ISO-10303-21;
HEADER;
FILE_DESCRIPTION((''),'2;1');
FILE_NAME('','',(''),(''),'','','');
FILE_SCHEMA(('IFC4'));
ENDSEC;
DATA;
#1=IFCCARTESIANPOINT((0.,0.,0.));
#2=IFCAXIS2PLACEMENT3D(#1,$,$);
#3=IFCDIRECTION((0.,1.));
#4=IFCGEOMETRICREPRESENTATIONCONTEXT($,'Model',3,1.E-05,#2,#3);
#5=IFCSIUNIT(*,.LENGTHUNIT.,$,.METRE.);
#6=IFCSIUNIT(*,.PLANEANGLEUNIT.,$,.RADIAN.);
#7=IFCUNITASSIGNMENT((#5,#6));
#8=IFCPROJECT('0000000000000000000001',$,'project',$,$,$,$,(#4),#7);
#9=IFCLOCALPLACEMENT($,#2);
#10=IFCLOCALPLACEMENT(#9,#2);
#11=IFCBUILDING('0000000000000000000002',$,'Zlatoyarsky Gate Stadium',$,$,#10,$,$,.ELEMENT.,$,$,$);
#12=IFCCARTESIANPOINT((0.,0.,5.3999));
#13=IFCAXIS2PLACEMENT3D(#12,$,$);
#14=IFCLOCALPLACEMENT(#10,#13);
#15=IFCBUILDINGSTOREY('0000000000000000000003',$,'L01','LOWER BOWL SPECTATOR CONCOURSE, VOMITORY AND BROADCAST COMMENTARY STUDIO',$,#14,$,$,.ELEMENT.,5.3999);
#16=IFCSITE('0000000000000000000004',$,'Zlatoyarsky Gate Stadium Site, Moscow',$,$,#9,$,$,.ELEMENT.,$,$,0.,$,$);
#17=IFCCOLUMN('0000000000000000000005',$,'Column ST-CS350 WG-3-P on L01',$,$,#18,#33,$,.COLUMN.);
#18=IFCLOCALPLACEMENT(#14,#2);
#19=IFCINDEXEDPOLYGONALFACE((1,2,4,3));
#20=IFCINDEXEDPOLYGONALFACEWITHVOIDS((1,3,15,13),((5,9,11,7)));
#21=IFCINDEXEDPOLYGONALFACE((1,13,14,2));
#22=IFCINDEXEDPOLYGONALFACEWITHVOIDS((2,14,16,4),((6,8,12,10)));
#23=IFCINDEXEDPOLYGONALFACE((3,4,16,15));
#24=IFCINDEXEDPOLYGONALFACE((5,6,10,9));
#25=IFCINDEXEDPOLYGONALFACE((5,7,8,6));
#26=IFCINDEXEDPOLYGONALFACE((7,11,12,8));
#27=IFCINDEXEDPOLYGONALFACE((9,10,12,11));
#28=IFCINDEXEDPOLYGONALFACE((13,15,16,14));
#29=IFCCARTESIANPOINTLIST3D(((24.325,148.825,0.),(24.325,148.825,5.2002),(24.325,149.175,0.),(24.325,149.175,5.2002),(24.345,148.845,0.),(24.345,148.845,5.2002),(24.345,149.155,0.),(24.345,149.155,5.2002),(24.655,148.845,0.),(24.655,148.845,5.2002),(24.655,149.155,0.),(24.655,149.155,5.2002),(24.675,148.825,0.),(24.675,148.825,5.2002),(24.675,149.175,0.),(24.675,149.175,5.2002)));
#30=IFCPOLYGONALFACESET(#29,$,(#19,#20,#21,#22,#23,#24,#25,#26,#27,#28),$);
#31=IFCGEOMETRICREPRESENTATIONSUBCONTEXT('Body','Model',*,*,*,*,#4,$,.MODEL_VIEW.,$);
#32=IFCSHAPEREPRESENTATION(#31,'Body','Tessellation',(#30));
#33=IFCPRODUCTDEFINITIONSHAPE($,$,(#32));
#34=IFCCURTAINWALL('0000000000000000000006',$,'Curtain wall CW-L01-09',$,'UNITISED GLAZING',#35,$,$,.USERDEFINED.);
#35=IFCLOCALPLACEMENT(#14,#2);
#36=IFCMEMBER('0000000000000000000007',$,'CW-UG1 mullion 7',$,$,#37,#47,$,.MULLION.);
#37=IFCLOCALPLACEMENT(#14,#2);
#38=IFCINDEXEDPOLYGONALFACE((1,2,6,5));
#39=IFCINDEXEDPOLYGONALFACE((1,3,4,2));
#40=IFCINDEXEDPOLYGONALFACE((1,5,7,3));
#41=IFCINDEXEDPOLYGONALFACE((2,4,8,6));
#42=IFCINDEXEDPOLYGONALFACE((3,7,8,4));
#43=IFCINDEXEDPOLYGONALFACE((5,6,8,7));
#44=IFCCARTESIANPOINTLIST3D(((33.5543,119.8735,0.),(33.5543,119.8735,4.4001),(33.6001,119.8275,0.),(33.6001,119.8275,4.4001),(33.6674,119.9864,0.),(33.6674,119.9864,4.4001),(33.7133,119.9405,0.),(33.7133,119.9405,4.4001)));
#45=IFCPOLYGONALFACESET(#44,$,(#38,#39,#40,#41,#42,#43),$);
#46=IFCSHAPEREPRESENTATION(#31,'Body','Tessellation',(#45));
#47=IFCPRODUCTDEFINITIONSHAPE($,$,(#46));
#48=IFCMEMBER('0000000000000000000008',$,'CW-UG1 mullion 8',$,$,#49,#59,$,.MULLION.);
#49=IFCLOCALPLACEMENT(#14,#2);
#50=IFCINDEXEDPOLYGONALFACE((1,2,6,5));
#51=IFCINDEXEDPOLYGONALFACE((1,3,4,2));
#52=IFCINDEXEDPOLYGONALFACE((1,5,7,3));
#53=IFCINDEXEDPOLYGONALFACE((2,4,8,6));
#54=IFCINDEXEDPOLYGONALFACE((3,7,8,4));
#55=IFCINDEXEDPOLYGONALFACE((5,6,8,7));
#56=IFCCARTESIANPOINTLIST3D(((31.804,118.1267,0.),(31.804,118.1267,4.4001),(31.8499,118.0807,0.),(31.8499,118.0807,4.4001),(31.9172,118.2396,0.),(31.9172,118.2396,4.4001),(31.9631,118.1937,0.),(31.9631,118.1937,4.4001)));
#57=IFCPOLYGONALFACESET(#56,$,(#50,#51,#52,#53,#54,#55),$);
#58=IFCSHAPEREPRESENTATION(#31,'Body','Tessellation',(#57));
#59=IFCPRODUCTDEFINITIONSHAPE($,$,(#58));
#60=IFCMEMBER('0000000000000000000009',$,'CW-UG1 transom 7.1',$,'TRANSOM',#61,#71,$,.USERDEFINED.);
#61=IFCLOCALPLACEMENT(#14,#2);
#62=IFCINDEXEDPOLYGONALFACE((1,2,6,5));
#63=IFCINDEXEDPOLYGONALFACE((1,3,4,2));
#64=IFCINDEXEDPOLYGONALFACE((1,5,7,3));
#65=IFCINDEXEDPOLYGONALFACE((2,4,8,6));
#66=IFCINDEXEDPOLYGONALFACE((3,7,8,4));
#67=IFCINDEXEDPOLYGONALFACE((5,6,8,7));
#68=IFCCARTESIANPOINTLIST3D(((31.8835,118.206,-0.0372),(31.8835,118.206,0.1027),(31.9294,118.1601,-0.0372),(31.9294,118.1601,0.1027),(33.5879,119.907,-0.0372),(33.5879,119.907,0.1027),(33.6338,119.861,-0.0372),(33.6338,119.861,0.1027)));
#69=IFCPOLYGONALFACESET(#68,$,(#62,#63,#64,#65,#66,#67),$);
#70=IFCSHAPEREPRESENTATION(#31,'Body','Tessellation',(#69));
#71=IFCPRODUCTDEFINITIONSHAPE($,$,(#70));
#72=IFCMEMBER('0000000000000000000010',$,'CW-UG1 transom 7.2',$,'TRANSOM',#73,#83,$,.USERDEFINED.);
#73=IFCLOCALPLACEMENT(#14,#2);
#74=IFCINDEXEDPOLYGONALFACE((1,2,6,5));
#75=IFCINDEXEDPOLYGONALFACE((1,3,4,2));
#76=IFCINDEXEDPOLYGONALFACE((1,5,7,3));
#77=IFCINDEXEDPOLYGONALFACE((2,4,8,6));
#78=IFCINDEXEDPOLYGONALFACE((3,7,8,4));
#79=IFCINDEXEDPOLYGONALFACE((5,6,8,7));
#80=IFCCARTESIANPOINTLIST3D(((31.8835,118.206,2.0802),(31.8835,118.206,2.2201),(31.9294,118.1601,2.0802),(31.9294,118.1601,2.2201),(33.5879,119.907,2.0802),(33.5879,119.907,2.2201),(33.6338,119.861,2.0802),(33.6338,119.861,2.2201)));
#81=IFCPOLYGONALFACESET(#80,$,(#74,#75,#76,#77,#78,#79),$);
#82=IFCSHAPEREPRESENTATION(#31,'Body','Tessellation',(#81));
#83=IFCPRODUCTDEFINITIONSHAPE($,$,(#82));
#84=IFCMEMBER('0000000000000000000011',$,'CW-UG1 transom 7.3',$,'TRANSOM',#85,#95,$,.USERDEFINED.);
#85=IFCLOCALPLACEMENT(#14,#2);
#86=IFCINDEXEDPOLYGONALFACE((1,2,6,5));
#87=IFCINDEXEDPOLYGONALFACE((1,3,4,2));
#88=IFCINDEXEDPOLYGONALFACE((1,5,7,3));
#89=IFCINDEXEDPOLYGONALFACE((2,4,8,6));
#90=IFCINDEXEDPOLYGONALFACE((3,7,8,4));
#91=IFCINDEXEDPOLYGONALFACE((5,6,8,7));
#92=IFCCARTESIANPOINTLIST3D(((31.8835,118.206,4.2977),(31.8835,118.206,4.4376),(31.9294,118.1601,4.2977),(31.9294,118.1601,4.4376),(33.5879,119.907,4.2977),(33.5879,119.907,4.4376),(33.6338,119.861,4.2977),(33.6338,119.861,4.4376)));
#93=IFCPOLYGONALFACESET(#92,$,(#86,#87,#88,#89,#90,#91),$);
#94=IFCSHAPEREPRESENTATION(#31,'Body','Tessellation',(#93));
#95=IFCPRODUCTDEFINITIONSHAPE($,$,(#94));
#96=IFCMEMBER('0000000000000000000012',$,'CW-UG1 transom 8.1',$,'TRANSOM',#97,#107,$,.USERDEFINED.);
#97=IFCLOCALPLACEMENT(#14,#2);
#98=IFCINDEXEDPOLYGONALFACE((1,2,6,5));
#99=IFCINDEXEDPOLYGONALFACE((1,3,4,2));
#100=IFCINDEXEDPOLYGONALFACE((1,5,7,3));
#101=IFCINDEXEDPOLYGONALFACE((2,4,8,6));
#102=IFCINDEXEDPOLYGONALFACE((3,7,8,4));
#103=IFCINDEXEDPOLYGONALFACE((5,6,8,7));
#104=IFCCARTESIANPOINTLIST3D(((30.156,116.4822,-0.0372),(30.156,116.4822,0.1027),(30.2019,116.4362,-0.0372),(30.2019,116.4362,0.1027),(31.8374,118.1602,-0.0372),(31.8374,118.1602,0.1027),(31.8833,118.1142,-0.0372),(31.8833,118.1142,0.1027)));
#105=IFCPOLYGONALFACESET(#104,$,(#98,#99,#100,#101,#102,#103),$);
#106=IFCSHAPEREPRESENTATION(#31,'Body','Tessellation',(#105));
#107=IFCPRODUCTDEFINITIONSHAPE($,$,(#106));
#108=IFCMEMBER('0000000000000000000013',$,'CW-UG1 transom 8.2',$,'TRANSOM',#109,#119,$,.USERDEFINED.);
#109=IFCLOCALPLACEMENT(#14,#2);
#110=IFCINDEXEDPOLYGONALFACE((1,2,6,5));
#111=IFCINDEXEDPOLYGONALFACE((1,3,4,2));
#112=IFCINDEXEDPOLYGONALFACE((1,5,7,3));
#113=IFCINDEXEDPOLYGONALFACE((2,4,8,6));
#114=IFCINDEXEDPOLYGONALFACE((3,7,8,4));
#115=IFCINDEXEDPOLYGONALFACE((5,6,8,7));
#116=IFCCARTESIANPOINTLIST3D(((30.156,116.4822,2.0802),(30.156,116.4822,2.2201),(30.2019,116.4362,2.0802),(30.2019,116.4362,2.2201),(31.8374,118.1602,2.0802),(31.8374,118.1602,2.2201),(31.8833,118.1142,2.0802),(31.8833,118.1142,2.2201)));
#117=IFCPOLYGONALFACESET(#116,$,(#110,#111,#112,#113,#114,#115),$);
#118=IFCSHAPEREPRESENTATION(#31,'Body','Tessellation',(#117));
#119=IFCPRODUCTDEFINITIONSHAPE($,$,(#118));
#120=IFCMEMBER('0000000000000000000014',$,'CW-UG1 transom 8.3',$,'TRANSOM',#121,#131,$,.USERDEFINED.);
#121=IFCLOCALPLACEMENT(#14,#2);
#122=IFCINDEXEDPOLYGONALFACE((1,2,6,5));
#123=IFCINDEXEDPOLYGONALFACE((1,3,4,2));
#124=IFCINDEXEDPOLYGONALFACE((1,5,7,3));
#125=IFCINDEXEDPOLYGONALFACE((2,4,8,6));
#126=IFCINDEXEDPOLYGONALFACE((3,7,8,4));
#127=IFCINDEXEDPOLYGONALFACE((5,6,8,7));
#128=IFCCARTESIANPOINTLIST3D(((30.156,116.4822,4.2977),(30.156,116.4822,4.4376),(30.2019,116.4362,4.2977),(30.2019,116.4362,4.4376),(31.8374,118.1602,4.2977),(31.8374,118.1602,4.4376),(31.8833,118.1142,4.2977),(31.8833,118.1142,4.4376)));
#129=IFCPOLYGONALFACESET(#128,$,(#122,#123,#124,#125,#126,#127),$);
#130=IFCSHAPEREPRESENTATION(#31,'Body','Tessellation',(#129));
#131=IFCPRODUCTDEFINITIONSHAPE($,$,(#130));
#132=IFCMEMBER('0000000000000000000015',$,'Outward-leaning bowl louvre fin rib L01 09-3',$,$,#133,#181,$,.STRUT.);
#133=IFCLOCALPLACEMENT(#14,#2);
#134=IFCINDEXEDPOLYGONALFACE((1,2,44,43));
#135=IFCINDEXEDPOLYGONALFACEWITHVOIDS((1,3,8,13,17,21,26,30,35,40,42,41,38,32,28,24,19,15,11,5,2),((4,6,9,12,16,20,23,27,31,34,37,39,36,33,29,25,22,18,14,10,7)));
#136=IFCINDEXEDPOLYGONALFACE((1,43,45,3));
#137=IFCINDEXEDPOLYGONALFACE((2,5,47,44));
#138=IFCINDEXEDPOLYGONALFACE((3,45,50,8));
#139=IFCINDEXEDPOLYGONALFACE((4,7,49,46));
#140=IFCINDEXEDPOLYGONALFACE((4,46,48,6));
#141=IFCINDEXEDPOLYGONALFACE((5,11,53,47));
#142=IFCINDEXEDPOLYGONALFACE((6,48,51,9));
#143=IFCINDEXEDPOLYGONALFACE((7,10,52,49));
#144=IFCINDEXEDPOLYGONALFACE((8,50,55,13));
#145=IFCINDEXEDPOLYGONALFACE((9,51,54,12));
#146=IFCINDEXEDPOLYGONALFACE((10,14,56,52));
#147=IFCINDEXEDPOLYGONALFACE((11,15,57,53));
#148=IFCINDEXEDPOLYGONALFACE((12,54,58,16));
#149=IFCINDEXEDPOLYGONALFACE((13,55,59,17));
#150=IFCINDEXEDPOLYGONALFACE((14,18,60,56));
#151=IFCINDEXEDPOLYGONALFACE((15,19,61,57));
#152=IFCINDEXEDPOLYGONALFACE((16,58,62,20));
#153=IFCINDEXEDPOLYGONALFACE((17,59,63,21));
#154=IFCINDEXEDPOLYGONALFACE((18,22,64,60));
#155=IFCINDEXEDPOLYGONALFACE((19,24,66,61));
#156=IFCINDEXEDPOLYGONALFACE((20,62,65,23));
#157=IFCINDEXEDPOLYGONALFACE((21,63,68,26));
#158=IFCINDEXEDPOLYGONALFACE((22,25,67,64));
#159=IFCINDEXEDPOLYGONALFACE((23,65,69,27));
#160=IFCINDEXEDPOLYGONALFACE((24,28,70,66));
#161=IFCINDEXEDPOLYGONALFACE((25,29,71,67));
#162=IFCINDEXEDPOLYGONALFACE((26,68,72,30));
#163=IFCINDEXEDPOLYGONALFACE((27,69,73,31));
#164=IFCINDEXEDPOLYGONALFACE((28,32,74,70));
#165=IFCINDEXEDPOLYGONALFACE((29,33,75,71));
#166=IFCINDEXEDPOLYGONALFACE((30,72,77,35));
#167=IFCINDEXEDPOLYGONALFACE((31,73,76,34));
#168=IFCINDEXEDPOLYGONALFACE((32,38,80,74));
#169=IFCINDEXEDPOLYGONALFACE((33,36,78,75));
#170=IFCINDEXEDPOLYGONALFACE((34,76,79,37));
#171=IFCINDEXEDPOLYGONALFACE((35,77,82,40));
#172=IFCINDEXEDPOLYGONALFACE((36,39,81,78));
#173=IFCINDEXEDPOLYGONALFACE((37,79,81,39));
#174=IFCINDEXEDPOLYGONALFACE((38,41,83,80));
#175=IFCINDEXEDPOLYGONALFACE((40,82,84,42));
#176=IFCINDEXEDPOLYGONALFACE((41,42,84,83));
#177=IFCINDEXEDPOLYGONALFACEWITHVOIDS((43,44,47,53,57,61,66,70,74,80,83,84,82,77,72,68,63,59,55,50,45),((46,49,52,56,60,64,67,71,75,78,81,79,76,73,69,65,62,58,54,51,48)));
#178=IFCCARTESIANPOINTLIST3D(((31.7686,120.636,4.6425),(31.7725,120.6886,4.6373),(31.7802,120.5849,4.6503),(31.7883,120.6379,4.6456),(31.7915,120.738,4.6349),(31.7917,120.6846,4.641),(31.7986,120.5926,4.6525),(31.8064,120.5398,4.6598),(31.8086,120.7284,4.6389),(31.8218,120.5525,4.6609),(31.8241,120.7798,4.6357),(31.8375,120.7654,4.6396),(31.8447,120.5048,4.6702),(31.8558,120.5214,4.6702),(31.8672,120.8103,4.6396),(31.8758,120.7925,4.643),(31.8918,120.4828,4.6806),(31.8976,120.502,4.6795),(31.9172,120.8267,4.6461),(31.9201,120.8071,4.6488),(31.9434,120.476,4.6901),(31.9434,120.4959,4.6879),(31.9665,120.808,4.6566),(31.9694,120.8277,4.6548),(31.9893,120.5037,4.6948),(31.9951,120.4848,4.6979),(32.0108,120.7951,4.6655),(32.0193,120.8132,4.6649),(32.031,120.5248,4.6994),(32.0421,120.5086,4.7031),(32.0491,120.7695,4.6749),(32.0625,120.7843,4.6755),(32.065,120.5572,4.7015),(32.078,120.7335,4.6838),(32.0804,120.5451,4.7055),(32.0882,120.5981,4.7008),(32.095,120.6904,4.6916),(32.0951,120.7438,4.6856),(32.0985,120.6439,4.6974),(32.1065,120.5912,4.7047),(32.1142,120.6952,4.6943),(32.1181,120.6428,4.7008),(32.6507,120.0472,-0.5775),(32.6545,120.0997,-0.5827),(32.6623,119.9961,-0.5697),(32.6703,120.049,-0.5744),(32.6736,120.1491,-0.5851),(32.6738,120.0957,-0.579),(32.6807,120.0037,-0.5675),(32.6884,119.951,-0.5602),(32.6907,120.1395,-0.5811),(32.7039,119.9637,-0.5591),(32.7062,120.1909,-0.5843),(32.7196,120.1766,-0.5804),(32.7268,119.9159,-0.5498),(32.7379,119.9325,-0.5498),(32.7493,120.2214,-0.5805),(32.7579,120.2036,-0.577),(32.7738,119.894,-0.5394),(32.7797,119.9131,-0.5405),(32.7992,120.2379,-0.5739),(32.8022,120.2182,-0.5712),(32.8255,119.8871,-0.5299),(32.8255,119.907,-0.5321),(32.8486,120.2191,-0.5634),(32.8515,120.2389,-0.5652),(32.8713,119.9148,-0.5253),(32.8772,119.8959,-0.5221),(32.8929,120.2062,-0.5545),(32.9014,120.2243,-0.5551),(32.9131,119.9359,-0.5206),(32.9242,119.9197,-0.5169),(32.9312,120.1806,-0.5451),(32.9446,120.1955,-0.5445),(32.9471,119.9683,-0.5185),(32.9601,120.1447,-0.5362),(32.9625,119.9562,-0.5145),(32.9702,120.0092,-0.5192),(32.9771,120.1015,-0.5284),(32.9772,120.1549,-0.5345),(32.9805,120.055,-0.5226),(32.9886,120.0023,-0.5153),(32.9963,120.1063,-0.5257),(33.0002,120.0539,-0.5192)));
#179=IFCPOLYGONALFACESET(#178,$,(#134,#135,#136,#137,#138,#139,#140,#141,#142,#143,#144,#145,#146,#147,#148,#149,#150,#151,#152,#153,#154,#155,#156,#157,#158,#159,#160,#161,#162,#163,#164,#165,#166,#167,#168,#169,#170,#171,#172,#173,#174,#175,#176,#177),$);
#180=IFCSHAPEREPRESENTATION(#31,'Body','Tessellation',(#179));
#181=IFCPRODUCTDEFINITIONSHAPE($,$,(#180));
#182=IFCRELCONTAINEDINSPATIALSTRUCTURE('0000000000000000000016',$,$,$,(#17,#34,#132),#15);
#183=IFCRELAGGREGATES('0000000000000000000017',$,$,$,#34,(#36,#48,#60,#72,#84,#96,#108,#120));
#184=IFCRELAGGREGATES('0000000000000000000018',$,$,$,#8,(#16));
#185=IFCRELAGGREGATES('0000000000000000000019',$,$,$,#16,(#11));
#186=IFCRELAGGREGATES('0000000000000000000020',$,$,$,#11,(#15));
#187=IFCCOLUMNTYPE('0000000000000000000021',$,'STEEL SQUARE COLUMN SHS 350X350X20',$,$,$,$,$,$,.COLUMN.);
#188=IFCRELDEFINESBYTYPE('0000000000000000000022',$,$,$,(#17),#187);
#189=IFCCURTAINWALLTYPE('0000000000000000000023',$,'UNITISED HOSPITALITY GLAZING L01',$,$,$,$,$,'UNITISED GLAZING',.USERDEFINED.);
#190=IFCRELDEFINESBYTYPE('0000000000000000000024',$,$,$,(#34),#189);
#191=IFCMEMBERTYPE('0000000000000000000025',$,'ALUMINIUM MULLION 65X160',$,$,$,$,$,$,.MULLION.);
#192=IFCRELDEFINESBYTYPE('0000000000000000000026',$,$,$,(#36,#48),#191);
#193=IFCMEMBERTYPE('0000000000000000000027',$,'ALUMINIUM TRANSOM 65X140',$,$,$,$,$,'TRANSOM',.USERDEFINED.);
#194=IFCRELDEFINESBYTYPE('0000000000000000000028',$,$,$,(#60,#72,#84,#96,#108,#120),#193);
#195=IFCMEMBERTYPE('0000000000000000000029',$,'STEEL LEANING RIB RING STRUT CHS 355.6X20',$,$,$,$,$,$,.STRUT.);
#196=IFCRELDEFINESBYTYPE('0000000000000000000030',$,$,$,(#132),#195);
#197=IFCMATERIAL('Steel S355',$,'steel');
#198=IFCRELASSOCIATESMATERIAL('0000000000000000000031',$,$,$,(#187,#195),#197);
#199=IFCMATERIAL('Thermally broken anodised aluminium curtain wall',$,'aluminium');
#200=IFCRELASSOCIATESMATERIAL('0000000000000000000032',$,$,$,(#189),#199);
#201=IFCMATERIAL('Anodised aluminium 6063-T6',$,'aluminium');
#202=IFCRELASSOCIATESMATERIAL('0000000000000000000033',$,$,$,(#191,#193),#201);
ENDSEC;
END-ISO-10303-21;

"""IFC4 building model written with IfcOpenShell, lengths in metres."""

from ifc_helpers import new_model, si_unit, direction, frame, origin, origin_2d, place, context, subcontext, project, spatial, rectangle, hollow_rectangle, hollow_circle, extrude, material, material_profile, profile_set, type_object, element, aggregate, save


model = new_model("IFC4")

# Units and contexts
model_context = context("Model", 3, precision=1e-05, world=origin(), true_north=direction((0.0, 1.0)))
body_context = subcontext(model_context, "Body", "Model", "MODEL_VIEW")
ifc_project = project(units=[si_unit("LENGTHUNIT", "METRE"), si_unit("PLANEANGLEUNIT", "RADIAN")], contexts=[model_context])

# Site, building, storey
site_placement = place(None, origin())
site = spatial("IfcSite", under=ifc_project, at=site_placement, Name="Zlatoyarsky Gate Stadium Site, Moscow", CompositionType="ELEMENT", RefElevation=0.0)
building_placement = place(site_placement, origin())
building = spatial("IfcBuilding", under=site, at=building_placement, Name="Zlatoyarsky Gate Stadium", CompositionType="ELEMENT")
storey_placement = place(building_placement, frame((0.0, 0.0, 5.3999)))
storey = spatial("IfcBuildingStorey", under=building, at=storey_placement, Name="L01", Description="LOWER BOWL SPECTATOR CONCOURSE, VOMITORY AND BROADCAST COMMENTARY STUDIO", CompositionType="ELEMENT", Elevation=5.3999)

# Column
ifc_material_1 = material(Name="Steel S355", Category="steel")
ifc_material_profile_1 = material_profile(ifc_material_1, hollow_rectangle(XDim=0.3501, YDim=0.3501, WallThickness=0.02, at=origin_2d()), Name="SHS 350X350X20")
ifc_profile_set_1 = profile_set([ifc_material_profile_1], Name="Steel S355")
column_type = type_object("IfcColumnType", Name="STEEL SQUARE COLUMN SHS 350X350X20", PredefinedType="COLUMN", material=ifc_profile_set_1)
column_placement = place(storey_placement, frame((24.5, 149.0, 0.0), z_axis=(0.0, 0.0, 1.0), x_axis=(1.0, 0.0, 0.0)))
element("IfcColumn", 1, at=column_placement, inside=storey, type_object=column_type, Name="Column ST-CS350 WG-3-P on L01", PredefinedType="COLUMN", context=body_context, shape_type="SweptSolid", body=[
    extrude(hollow_rectangle(XDim=0.3501, YDim=0.3501, WallThickness=0.02, at=origin_2d()), origin(), (0.0, 0.0, 1.0), 5.2002),
])

# Curtain wall, members
ifc_material_2 = material(Name="Thermally broken anodised aluminium curtain wall", Category="aluminium")
curtain_wall_type = type_object("IfcCurtainWallType", Name="UNITISED HOSPITALITY GLAZING L01", ElementType="UNITISED GLAZING", PredefinedType="USERDEFINED", material=ifc_material_2)
curtain_wall_placement = place(storey_placement, origin())
curtain_wall = element("IfcCurtainWall", 2, at=curtain_wall_placement, inside=storey, type_object=curtain_wall_type, Name="Curtain wall CW-L01-09", ObjectType="UNITISED GLAZING", PredefinedType="USERDEFINED")
ifc_material_3 = material(Name="Anodised aluminium 6063-T6", Category="aluminium")
ifc_material_profile_2 = material_profile(ifc_material_3, rectangle(XDim=0.0649, YDim=0.1599, at=origin_2d()), Name="ALU 65X160")
ifc_profile_set_2 = profile_set([ifc_material_profile_2], Name="Anodised aluminium 6063-T6")
member_type_1 = type_object("IfcMemberType", Name="ALUMINIUM MULLION 65X160", PredefinedType="MULLION", material=ifc_profile_set_2)
member_1_placement = place(storey_placement, frame((33.6338, 119.907, 0.0), z_axis=(0.0, 0.0, 1.0), x_axis=(0.706371, -0.707842, 0.0)))
member_1 = element("IfcMember", 3, at=member_1_placement, type_object=member_type_1, Name="CW-UG1 mullion 7", PredefinedType="MULLION", context=body_context, shape_type="SweptSolid", body=[
    extrude(rectangle(XDim=0.0649, YDim=0.1599, at=origin_2d()), origin(), (0.0, 0.0, 1.0), 4.4001),
])
member_2_placement = place(storey_placement, frame((31.8835, 118.1602, 0.0), z_axis=(0.0, 0.0, 1.0), x_axis=(0.706371, -0.707842, 0.0)))
member_2 = element("IfcMember", 4, at=member_2_placement, type_object=member_type_1, Name="CW-UG1 mullion 8", PredefinedType="MULLION", context=body_context, shape_type="SweptSolid", body=[
    extrude(rectangle(XDim=0.0649, YDim=0.1599, at=origin_2d()), origin(), (0.0, 0.0, 1.0), 4.4001),
])
ifc_material_profile_3 = material_profile(ifc_material_3, rectangle(XDim=0.0649, YDim=0.1399, at=origin_2d()), Name="ALU 65X140")
ifc_profile_set_3 = profile_set([ifc_material_profile_3], Name="Anodised aluminium 6063-T6")
member_type_2 = type_object("IfcMemberType", Name="ALUMINIUM TRANSOM 65X140", ElementType="TRANSOM", PredefinedType="USERDEFINED", material=ifc_profile_set_3)
member_3_placement = place(storey_placement, frame((33.6108, 119.884, 0.0327), z_axis=(-0.707816, -0.706397, 0.0), x_axis=(0.706397, -0.707816, 0.0)))
member_3 = element("IfcMember", 5, at=member_3_placement, type_object=member_type_2, Name="CW-UG1 transom 7.1", ObjectType="TRANSOM", PredefinedType="USERDEFINED", context=body_context, shape_type="SweptSolid", body=[
    extrude(rectangle(XDim=0.0649, YDim=0.1399, at=origin_2d()), origin(), (0.0, 0.0, 1.0), 2.408),
])
member_4_placement = place(storey_placement, frame((33.6108, 119.884, 2.1501), z_axis=(-0.707816, -0.706397, 0.0), x_axis=(0.706397, -0.707816, 0.0)))
member_4 = element("IfcMember", 6, at=member_4_placement, type_object=member_type_2, Name="CW-UG1 transom 7.2", ObjectType="TRANSOM", PredefinedType="USERDEFINED", context=body_context, shape_type="SweptSolid", body=[
    extrude(rectangle(XDim=0.0649, YDim=0.1399, at=origin_2d()), origin(), (0.0, 0.0, 1.0), 2.408),
])
member_5_placement = place(storey_placement, frame((33.6108, 119.884, 4.3677), z_axis=(-0.707816, -0.706397, 0.0), x_axis=(0.706397, -0.707816, 0.0)))
member_5 = element("IfcMember", 7, at=member_5_placement, type_object=member_type_2, Name="CW-UG1 transom 7.3", ObjectType="TRANSOM", PredefinedType="USERDEFINED", context=body_context, shape_type="SweptSolid", body=[
    extrude(rectangle(XDim=0.0649, YDim=0.1399, at=origin_2d()), origin(), (0.0, 0.0, 1.0), 2.408),
])
member_6_placement = place(storey_placement, frame((31.8604, 118.1372, 0.0327), z_axis=(-0.707826, -0.706387, 0.0), x_axis=(0.706387, -0.707826, 0.0)))
member_6 = element("IfcMember", 8, at=member_6_placement, type_object=member_type_2, Name="CW-UG1 transom 8.1", ObjectType="TRANSOM", PredefinedType="USERDEFINED", context=body_context, shape_type="SweptSolid", body=[
    extrude(rectangle(XDim=0.0649, YDim=0.1399, at=origin_2d()), origin(), (0.0, 0.0, 1.0), 2.3755),
])
member_7_placement = place(storey_placement, frame((31.8604, 118.1372, 2.1501), z_axis=(-0.707826, -0.706387, 0.0), x_axis=(0.706387, -0.707826, 0.0)))
member_7 = element("IfcMember", 9, at=member_7_placement, type_object=member_type_2, Name="CW-UG1 transom 8.2", ObjectType="TRANSOM", PredefinedType="USERDEFINED", context=body_context, shape_type="SweptSolid", body=[
    extrude(rectangle(XDim=0.0649, YDim=0.1399, at=origin_2d()), origin(), (0.0, 0.0, 1.0), 2.3755),
])
member_8_placement = place(storey_placement, frame((31.8604, 118.1372, 4.3677), z_axis=(-0.707826, -0.706387, 0.0), x_axis=(0.706387, -0.707826, 0.0)))
member_8 = element("IfcMember", 10, at=member_8_placement, type_object=member_type_2, Name="CW-UG1 transom 8.3", ObjectType="TRANSOM", PredefinedType="USERDEFINED", context=body_context, shape_type="SweptSolid", body=[
    extrude(rectangle(XDim=0.0649, YDim=0.1399, at=origin_2d()), origin(), (0.0, 0.0, 1.0), 2.3755),
])

# Member
ifc_material_profile_4 = material_profile(ifc_material_1, hollow_circle(Radius=0.1777, WallThickness=0.02, at=origin_2d()), Name="CHS 355.6X20")
ifc_profile_set_4 = profile_set([ifc_material_profile_4], Name="Steel S355")
member_type_3 = type_object("IfcMemberType", Name="STEEL LEANING RIB RING STRUT CHS 355.6X20", PredefinedType="STRUT", material=ifc_profile_set_4)
member_9_placement = place(storey_placement, frame((32.8254, 120.0637, -0.5498), z_axis=(-0.165598, 0.110552, 0.979977), x_axis=(-0.555231, -0.831696, 0.0)))
element("IfcMember", 11, at=member_9_placement, inside=storey, type_object=member_type_3, Name="Outward-leaning bowl louvre fin rib L01 09-3", PredefinedType="STRUT", context=body_context, shape_type="SweptSolid", body=[
    extrude(hollow_circle(Radius=0.1777, WallThickness=0.02, at=origin_2d()), origin(), (0.0, 0.0, 1.0), 5.3267),
])

aggregate(curtain_wall, [member_1, member_2, member_3, member_4, member_5, member_6, member_7, member_8])

save(model, "model.ifc")
